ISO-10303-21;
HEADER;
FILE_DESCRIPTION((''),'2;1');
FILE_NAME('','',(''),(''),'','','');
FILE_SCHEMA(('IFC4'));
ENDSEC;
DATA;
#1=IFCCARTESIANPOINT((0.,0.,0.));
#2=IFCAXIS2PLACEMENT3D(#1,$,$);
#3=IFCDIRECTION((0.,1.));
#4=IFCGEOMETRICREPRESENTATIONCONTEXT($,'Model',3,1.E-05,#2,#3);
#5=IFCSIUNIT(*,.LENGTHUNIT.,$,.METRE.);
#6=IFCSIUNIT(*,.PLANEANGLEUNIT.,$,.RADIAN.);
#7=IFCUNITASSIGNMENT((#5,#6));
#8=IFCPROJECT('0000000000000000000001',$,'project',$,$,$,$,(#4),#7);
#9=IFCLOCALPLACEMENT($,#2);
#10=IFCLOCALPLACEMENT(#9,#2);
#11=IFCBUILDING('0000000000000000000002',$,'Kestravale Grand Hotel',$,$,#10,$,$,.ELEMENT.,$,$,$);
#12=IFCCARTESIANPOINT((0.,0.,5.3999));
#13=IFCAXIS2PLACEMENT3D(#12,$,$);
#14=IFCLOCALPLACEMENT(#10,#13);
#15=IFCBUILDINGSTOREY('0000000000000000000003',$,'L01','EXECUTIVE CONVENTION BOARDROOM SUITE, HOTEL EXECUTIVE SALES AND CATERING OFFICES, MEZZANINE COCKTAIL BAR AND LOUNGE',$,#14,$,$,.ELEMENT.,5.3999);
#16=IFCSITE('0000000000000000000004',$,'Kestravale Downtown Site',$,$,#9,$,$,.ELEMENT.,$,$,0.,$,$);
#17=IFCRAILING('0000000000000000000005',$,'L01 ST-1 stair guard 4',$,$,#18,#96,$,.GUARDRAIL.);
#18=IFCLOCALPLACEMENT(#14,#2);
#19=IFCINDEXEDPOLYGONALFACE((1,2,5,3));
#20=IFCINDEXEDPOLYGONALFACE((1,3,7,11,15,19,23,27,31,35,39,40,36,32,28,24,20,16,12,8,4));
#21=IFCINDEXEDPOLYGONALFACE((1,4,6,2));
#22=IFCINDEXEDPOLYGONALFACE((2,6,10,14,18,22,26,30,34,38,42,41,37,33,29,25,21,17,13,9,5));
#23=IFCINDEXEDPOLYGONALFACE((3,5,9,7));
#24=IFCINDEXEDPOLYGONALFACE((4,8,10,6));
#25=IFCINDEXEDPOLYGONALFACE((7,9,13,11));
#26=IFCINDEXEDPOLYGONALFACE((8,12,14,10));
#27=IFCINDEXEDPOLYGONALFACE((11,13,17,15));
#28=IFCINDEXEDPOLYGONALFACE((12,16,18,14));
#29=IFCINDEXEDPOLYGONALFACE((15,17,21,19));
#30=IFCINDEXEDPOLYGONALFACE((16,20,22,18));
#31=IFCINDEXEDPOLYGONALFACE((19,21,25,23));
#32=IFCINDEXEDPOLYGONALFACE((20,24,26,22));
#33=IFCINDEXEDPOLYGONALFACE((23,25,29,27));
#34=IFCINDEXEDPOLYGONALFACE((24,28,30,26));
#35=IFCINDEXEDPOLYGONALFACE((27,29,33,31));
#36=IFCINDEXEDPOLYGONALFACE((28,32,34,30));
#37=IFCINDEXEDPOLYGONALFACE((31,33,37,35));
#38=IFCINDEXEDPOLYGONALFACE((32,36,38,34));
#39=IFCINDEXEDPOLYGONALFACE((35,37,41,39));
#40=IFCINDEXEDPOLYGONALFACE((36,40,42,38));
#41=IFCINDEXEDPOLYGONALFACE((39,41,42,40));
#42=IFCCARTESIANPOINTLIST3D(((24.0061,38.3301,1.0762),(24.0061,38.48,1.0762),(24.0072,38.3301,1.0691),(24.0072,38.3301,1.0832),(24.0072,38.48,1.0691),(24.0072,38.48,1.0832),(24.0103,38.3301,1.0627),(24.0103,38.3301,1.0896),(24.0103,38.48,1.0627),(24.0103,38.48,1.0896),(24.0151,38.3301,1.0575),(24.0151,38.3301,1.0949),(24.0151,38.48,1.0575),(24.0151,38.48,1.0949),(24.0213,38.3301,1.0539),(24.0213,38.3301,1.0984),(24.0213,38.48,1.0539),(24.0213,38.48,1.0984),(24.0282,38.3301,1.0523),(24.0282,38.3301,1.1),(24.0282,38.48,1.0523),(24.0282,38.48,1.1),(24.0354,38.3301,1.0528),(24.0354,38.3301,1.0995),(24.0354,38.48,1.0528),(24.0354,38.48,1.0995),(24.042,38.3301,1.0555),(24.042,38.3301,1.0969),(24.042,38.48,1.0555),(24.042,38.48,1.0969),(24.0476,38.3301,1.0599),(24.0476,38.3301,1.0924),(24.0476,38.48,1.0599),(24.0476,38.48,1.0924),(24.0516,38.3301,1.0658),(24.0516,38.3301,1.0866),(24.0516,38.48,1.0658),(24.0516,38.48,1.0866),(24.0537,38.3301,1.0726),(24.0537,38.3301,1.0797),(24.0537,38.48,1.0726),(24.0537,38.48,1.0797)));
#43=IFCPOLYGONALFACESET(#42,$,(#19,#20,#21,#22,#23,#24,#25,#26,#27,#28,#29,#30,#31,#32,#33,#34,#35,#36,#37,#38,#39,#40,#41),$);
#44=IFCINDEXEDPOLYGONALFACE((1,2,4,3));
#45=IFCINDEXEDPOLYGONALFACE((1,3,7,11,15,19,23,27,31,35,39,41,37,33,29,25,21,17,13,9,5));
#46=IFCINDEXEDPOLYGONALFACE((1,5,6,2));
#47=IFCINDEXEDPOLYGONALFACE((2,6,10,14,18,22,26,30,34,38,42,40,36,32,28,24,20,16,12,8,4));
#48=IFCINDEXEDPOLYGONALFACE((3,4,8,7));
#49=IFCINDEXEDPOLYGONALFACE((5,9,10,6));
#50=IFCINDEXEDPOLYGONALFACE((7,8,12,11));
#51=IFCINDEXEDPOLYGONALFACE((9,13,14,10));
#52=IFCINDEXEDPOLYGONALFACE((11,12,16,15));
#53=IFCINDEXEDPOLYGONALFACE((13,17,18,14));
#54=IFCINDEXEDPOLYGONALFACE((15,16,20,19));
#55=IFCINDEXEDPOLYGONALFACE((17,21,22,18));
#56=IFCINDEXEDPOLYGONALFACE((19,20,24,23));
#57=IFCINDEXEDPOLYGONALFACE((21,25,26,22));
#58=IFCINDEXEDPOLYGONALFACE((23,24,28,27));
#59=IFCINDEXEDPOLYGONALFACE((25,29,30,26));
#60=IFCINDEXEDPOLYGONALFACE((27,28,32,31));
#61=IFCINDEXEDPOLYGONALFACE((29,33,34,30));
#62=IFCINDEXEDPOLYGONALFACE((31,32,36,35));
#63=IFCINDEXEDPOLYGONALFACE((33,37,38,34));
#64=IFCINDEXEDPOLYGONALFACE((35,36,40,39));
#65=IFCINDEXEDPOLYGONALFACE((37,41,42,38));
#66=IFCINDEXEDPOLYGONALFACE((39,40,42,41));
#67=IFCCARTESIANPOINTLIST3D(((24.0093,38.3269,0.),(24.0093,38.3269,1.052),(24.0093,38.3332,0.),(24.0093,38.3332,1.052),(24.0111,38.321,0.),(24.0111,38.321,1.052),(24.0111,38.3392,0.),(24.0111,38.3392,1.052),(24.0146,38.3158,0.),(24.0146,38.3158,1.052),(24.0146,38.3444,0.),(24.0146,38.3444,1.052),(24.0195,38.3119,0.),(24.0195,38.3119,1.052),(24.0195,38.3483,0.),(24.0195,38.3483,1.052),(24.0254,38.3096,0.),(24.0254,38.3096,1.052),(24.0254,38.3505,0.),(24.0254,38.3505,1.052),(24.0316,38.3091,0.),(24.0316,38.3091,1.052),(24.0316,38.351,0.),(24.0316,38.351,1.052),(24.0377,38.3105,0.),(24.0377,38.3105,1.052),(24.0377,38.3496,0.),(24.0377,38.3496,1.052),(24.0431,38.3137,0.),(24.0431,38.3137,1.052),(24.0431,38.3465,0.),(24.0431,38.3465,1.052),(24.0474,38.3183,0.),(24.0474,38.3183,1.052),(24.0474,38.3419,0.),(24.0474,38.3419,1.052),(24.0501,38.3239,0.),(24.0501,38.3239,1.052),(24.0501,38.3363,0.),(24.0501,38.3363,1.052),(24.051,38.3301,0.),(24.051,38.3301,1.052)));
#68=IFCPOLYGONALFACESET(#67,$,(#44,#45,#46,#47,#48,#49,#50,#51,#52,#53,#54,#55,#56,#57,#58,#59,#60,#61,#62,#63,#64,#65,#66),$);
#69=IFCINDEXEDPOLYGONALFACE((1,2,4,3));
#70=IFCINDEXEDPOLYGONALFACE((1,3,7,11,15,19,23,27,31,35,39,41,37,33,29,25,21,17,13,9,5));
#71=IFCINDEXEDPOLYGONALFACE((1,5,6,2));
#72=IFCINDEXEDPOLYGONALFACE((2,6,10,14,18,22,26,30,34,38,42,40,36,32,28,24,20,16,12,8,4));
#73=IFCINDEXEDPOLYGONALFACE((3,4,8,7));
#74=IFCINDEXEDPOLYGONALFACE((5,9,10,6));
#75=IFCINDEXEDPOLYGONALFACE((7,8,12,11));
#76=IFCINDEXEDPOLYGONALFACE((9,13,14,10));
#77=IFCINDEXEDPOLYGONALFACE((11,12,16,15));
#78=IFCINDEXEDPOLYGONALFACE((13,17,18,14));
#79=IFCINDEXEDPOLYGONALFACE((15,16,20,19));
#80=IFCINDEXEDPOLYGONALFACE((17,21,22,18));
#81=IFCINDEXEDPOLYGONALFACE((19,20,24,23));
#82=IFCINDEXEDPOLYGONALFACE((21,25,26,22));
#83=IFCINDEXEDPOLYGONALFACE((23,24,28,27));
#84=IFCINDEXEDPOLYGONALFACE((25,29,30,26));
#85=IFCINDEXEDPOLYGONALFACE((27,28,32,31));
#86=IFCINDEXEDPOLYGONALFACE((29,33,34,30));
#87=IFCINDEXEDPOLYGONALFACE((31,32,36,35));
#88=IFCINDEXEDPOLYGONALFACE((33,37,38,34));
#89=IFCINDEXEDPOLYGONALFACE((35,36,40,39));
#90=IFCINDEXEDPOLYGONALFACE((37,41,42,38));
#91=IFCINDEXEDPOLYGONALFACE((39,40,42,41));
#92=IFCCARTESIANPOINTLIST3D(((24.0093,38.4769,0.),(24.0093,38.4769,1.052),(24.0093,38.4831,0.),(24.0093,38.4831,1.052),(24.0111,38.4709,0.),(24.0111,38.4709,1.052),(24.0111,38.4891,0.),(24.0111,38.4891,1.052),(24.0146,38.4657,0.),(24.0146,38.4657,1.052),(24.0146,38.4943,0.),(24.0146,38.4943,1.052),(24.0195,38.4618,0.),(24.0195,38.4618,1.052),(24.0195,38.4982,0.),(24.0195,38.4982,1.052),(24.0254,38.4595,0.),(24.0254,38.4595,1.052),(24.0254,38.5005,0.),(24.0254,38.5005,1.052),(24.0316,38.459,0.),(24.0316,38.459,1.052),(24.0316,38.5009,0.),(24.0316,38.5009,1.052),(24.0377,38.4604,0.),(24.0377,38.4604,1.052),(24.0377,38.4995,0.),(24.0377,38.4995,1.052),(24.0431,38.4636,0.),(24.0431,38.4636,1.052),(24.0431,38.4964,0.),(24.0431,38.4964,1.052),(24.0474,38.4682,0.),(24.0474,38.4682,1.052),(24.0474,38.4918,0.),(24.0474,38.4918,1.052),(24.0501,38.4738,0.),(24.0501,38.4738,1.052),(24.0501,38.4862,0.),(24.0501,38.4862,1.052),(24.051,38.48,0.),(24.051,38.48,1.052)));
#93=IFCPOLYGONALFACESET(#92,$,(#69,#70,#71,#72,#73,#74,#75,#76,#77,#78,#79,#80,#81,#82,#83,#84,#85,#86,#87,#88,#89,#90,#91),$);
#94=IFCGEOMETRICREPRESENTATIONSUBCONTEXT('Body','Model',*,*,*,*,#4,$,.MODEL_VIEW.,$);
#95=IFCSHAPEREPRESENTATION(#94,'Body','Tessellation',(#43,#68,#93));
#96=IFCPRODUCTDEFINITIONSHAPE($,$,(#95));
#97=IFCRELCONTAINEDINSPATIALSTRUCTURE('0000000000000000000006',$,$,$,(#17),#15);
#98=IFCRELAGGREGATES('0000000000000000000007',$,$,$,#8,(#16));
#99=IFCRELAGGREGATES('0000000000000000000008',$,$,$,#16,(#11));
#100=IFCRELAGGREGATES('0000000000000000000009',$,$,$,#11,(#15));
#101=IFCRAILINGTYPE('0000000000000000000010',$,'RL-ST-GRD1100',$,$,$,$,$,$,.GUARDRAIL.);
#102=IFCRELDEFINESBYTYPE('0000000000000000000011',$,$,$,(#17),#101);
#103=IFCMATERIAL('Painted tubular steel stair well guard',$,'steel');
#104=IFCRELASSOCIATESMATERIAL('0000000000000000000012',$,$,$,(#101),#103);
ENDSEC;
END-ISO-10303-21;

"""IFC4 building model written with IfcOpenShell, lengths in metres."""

from ifc_helpers import new_model, si_unit, direction, frame, origin, origin_2d, place, context, subcontext, project, spatial, circle, extrude, material, type_object, element, save


model = new_model("IFC4")

# Units and contexts
model_context = context("Model", 3, precision=1e-05, world=origin(), true_north=direction((0.0, 1.0)))
body_context = subcontext(model_context, "Body", "Model", "MODEL_VIEW")
ifc_project = project(units=[si_unit("LENGTHUNIT", "METRE"), si_unit("PLANEANGLEUNIT", "RADIAN")], contexts=[model_context])

# Site, building, storey
site_placement = place(None, origin())
site = spatial("IfcSite", under=ifc_project, at=site_placement, Name="Kestravale Downtown Site", CompositionType="ELEMENT", RefElevation=0.0)
building_placement = place(site_placement, origin())
building = spatial("IfcBuilding", under=site, at=building_placement, Name="Kestravale Grand Hotel", CompositionType="ELEMENT")
storey_placement = place(building_placement, frame((0.0, 0.0, 5.3999)))
storey = spatial("IfcBuildingStorey", under=building, at=storey_placement, Name="L01", Description="EXECUTIVE CONVENTION BOARDROOM SUITE, HOTEL EXECUTIVE SALES AND CATERING OFFICES, MEZZANINE COCKTAIL BAR AND LOUNGE", CompositionType="ELEMENT", Elevation=5.3999)

# Railing
ifc_material_1 = material(Name="Painted tubular steel stair well guard", Category="steel")
railing_type_1 = type_object("IfcRailingType", Name="RL-ST-GRD1100", PredefinedType="GUARDRAIL", material=ifc_material_1)
railing_1_placement = place(storey_placement, frame((24.03, 38.3301, 0.0)))
element("IfcRailing", 1, at=railing_1_placement, inside=storey, type_object=railing_type_1, Name="L01 ST-1 stair guard 4", PredefinedType="GUARDRAIL", context=body_context, shape_type="SweptSolid", body=[
    extrude(circle(Radius=0.0239, at=origin_2d()), frame((0.0, 0.0, 1.0762), z_axis=(0.0, 1.0, 0.0), x_axis=(-1.0, 0.0, 0.0)), (0.0, 0.0, 1.0), 0.1499),
    extrude(circle(Radius=0.021, at=origin_2d()), origin(), (0.0, 0.0, 1.0), 1.052),
    extrude(circle(Radius=0.021, at=origin_2d()), frame((0.0, 0.1499, 0.0)), (0.0, 0.0, 1.0), 1.052),
])

save(model, "model.ifc")
